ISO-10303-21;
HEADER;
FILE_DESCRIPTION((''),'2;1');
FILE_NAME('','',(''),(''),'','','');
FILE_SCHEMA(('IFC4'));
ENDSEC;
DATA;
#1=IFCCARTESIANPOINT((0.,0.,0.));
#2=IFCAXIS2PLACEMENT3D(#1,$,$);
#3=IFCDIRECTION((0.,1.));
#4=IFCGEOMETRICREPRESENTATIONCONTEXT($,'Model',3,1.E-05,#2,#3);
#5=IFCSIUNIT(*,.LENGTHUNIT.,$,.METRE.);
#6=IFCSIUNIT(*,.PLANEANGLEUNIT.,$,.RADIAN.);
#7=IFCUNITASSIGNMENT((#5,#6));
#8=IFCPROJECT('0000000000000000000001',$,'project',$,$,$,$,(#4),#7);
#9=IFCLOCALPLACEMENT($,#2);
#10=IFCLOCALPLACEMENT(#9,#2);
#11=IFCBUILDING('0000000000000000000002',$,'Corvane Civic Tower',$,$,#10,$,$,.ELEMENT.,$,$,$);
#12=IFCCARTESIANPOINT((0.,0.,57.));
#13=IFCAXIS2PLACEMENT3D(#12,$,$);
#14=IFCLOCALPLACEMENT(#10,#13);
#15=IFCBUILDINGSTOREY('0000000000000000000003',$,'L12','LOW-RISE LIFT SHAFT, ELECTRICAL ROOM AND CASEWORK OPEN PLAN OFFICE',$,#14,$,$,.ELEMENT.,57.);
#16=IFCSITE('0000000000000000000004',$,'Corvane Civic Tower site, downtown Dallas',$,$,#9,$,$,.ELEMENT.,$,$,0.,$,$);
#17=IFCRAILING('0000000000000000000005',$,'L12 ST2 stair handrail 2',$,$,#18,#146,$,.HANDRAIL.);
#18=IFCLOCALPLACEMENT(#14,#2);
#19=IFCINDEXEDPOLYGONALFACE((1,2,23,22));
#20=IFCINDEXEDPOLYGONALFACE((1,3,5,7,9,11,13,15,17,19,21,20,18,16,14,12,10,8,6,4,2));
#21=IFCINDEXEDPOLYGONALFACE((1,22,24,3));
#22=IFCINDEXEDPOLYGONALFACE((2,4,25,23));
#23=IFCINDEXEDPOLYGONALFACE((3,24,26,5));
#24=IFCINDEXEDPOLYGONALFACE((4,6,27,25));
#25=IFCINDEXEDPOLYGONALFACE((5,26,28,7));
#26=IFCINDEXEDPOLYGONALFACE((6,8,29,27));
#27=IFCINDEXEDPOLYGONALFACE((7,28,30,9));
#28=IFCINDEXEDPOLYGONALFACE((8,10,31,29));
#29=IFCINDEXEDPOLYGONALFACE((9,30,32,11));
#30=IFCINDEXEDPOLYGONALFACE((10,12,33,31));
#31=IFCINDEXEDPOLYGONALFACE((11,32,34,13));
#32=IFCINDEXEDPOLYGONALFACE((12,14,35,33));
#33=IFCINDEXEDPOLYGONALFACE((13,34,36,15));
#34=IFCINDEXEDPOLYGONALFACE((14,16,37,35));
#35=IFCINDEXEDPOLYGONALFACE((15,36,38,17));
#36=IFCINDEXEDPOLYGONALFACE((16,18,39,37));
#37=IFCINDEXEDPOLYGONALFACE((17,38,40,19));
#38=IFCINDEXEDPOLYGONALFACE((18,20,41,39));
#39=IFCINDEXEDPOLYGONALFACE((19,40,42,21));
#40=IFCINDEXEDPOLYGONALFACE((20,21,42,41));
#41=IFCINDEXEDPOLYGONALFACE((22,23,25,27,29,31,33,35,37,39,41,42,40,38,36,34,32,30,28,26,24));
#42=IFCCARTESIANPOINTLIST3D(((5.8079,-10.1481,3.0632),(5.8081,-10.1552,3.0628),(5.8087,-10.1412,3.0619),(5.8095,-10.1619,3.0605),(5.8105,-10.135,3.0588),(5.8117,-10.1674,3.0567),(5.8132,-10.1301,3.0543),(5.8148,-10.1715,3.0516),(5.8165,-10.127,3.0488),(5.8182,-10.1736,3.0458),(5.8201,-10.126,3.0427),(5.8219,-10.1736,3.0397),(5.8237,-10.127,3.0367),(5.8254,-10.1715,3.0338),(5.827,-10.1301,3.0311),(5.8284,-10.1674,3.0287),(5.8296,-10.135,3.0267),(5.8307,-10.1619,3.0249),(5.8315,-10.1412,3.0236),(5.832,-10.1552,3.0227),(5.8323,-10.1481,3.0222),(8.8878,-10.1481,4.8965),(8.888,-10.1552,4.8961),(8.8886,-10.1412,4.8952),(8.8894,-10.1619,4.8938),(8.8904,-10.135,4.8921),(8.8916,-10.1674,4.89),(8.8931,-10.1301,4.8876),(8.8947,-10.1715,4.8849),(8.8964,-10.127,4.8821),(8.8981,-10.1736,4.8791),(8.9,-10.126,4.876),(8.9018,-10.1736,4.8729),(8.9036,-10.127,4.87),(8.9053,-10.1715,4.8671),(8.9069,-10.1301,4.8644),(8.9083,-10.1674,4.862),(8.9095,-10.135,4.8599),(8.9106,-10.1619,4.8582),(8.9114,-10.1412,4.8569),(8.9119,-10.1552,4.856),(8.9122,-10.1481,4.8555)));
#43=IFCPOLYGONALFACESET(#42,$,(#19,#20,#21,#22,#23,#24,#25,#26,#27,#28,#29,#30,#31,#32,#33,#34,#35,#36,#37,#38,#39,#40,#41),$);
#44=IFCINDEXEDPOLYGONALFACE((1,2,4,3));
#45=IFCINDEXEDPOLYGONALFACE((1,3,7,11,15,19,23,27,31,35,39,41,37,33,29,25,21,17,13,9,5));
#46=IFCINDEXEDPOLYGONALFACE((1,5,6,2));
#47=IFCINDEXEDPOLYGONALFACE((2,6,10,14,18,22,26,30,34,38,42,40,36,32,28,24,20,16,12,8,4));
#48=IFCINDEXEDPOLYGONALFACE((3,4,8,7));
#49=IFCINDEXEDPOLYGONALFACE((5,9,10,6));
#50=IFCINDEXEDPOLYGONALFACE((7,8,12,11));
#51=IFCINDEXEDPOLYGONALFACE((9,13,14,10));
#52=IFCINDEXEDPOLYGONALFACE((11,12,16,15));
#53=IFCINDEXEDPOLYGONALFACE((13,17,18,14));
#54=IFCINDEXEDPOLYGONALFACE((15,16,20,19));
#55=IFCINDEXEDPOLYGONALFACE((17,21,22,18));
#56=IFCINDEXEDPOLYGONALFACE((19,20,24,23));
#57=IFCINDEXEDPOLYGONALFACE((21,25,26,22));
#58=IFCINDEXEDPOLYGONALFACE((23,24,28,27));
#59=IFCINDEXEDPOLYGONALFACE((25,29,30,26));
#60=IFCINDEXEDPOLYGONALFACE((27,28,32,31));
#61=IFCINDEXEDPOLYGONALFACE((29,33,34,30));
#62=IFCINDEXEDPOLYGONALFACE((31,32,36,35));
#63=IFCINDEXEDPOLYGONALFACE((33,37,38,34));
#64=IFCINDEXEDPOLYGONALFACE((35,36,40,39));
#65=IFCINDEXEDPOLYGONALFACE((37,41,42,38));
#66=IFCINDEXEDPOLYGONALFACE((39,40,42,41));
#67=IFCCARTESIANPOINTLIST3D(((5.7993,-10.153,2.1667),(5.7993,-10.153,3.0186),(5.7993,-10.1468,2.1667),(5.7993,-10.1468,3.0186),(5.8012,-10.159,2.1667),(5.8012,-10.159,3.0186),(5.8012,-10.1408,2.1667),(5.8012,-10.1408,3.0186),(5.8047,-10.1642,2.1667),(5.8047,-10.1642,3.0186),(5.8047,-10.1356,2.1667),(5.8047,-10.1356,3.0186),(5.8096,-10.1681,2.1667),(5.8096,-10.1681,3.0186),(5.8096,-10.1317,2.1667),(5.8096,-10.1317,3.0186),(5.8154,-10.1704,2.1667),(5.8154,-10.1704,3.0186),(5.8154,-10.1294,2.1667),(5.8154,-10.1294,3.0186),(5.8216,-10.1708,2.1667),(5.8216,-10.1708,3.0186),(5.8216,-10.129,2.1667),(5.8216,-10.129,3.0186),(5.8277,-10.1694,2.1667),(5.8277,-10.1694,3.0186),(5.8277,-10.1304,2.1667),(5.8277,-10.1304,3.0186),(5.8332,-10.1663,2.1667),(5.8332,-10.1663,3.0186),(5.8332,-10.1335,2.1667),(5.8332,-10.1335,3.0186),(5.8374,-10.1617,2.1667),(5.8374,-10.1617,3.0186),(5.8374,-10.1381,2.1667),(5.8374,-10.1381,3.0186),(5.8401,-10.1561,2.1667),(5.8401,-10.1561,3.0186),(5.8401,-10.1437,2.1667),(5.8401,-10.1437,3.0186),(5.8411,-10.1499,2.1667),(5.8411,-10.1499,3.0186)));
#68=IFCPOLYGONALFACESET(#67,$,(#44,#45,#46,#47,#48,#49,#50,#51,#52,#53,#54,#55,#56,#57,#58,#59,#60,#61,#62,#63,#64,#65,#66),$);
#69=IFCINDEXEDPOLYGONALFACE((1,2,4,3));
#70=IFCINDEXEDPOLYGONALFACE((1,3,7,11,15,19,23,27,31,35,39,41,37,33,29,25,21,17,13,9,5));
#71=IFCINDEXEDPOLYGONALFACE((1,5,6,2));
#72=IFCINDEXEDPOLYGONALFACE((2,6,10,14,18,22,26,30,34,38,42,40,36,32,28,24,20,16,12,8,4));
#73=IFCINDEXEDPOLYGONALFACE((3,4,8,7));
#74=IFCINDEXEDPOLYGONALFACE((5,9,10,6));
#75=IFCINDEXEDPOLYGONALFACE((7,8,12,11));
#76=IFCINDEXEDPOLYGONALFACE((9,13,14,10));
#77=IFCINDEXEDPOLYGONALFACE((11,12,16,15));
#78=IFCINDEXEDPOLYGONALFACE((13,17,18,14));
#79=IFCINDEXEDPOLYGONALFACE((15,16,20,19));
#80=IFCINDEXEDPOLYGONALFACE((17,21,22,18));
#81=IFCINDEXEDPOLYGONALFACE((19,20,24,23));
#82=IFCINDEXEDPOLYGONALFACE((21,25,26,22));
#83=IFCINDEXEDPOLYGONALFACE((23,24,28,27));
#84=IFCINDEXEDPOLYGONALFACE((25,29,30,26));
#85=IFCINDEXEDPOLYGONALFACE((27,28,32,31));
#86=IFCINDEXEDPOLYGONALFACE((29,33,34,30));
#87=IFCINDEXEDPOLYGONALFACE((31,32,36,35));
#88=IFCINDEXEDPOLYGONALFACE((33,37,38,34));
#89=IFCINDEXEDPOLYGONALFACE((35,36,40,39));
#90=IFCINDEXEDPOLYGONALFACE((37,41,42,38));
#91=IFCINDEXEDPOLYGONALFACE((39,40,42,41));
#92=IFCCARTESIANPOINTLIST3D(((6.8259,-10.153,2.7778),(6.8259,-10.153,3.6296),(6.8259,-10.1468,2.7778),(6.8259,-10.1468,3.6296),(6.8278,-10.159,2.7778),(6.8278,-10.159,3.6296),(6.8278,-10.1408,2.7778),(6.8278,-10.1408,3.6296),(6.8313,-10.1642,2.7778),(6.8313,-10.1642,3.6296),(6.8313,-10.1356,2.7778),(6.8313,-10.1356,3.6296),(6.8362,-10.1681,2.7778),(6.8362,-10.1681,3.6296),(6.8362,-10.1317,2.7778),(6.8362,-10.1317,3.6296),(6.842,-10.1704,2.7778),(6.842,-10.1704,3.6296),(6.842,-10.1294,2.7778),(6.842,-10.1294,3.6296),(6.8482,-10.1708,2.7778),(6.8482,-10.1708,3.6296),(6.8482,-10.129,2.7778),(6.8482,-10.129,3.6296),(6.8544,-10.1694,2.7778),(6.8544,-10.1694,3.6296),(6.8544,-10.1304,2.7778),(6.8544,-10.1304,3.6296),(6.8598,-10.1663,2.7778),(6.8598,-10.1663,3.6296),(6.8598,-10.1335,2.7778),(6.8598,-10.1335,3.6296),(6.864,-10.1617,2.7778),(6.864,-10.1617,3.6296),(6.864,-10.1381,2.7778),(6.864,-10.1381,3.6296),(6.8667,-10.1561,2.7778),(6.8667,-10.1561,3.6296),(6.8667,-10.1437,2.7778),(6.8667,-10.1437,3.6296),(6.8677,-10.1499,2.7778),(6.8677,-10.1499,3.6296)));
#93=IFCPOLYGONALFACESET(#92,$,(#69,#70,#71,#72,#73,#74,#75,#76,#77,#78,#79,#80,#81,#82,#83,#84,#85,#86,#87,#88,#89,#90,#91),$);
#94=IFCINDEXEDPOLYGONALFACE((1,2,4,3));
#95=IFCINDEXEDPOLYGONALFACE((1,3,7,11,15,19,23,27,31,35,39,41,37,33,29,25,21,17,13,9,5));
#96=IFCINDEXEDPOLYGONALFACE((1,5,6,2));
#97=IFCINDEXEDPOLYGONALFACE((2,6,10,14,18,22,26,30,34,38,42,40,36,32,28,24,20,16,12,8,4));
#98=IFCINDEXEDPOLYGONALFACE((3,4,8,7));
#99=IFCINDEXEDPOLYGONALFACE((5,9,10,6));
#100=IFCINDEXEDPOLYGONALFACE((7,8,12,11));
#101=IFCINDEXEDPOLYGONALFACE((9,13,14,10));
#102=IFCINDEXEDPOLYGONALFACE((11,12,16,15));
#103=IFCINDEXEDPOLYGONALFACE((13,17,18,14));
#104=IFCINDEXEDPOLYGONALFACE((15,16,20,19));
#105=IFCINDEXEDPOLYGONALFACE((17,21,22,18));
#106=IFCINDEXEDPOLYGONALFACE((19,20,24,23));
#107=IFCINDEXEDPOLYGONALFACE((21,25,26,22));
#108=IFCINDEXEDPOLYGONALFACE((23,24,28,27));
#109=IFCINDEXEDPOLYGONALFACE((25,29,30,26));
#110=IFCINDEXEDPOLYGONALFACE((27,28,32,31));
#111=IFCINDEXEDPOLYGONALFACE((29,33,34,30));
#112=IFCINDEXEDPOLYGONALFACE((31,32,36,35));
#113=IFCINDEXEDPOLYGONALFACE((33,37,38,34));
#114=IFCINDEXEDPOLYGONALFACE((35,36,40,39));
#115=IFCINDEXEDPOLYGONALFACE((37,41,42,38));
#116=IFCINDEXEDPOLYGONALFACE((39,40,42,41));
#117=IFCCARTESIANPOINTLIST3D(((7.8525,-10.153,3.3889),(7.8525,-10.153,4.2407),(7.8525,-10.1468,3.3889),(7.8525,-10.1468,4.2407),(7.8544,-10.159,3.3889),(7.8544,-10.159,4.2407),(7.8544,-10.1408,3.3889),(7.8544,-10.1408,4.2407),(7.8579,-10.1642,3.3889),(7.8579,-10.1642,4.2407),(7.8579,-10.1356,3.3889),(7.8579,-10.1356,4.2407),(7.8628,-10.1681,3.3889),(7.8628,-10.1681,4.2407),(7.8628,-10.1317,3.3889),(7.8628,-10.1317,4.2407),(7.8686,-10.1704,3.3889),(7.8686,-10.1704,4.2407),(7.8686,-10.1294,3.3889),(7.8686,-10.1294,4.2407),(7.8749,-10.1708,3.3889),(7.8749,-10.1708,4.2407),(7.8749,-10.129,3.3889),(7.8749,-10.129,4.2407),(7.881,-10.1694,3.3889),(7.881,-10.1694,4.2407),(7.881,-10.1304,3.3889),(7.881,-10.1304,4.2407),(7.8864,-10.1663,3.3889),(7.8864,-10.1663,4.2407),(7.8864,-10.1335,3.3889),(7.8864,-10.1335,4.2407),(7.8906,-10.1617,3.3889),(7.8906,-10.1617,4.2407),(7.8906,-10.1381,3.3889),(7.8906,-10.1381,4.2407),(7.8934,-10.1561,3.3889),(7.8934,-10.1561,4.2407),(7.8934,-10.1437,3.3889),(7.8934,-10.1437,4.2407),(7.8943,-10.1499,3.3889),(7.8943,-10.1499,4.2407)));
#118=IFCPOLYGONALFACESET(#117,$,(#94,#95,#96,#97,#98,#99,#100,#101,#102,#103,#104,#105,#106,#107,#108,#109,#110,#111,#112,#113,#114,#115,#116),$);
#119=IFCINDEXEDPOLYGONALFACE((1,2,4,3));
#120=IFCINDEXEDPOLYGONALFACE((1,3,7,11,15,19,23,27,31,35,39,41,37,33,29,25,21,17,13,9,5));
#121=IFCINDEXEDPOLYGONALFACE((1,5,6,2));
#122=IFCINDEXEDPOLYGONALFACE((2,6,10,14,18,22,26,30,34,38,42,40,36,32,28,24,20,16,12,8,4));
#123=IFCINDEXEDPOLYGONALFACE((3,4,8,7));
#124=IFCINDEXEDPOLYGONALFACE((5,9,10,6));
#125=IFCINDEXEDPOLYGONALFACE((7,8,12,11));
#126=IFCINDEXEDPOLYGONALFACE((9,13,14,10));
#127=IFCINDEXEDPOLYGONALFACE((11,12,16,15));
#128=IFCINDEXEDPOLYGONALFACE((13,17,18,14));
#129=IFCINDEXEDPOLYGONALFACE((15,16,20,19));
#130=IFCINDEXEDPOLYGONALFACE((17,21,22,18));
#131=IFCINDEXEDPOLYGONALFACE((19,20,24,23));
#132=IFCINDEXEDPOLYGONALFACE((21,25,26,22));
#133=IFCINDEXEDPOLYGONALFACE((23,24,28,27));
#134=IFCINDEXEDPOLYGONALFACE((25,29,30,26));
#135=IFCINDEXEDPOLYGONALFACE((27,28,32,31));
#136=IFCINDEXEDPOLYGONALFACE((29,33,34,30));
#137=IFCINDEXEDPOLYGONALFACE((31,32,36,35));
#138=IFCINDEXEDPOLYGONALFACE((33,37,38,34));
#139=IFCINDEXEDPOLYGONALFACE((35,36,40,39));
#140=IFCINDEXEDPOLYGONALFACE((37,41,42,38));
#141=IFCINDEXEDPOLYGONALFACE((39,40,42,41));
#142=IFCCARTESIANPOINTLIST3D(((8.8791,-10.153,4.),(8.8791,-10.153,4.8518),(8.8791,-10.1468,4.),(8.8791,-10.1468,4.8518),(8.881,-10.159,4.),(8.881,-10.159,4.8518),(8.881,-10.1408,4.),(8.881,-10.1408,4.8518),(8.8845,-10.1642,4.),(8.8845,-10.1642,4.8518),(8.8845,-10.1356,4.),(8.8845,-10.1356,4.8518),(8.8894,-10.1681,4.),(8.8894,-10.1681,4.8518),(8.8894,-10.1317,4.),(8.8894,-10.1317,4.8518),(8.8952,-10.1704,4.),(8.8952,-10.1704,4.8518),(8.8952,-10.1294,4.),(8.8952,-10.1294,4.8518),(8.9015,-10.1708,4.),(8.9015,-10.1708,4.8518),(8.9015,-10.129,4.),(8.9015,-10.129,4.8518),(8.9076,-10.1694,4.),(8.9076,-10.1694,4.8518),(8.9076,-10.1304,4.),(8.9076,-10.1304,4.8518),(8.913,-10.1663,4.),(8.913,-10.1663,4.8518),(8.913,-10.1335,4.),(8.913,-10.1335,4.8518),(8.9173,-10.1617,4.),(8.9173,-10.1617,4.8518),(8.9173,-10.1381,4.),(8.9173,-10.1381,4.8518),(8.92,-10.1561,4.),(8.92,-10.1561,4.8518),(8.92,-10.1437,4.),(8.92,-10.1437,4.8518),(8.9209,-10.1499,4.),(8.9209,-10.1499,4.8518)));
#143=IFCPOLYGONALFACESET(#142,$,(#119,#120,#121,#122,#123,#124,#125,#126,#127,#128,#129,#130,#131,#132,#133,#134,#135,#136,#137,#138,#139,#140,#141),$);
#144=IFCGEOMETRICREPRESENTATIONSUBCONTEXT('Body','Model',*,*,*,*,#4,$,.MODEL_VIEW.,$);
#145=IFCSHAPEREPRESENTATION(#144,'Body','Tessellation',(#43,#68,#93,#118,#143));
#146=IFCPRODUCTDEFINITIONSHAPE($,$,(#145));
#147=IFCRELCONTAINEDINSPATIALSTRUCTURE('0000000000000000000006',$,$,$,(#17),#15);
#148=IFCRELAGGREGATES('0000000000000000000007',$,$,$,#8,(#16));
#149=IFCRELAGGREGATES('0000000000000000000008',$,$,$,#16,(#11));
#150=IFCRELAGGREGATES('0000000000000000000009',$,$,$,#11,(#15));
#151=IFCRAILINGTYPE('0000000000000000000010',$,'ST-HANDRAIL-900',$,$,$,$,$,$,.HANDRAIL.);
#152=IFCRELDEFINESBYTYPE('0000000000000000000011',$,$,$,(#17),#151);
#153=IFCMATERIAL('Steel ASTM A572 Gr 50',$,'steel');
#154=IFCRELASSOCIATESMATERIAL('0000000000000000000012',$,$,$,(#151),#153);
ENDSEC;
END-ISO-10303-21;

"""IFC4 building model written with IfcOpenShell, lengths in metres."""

from ifc_helpers import new_model, si_unit, direction, frame, origin, origin_2d, place, context, subcontext, project, spatial, circle, extrude, material, type_object, element, save


model = new_model("IFC4")

# Units and contexts
model_context = context("Model", 3, precision=1e-05, world=origin(), true_north=direction((0.0, 1.0)))
body_context = subcontext(model_context, "Body", "Model", "MODEL_VIEW")
ifc_project = project(units=[si_unit("LENGTHUNIT", "METRE"), si_unit("PLANEANGLEUNIT", "RADIAN")], contexts=[model_context])

# Site, building, storey
site_placement = place(None, origin())
site = spatial("IfcSite", under=ifc_project, at=site_placement, Name="Corvane Civic Tower site, downtown Dallas", CompositionType="ELEMENT", RefElevation=0.0)
building_placement = place(site_placement, origin())
building = spatial("IfcBuilding", under=site, at=building_placement, Name="Corvane Civic Tower", CompositionType="ELEMENT")
storey_placement = place(building_placement, frame((0.0, 0.0, 57.0)))
storey = spatial("IfcBuildingStorey", under=building, at=storey_placement, Name="L12", Description="LOW-RISE LIFT SHAFT, ELECTRICAL ROOM AND CASEWORK OPEN PLAN OFFICE", CompositionType="ELEMENT", Elevation=57.0)

# Railing
ifc_material_1 = material(Name="Steel ASTM A572 Gr 50", Category="steel")
railing_type_1 = type_object("IfcRailingType", Name="ST-HANDRAIL-900", PredefinedType="HANDRAIL", material=ifc_material_1)
railing_1_placement = place(storey_placement, frame((5.8201, -10.1499, 2.1667)))
element("IfcRailing", 1, at=railing_1_placement, inside=storey, type_object=railing_type_1, Name="L12 ST2 stair handrail 2", PredefinedType="HANDRAIL", context=body_context, shape_type="SweptSolid", body=[
    extrude(circle(Radius=0.0239, at=origin_2d()), frame((0.0, 0.0, 0.876), z_axis=(0.859291, 0.0, 0.511487), x_axis=(0.0, 1.0, 0.0)), (0.0, 0.0, 1.0), 3.5842),
    extrude(circle(Radius=0.021, at=origin_2d()), origin(), (0.0, 0.0, 1.0), 0.8518),
    extrude(circle(Radius=0.021, at=origin_2d()), frame((1.0266, 0.0, 0.6111)), (0.0, 0.0, 1.0), 0.8518),
    extrude(circle(Radius=0.021, at=origin_2d()), frame((2.0532, 0.0, 1.2222)), (0.0, 0.0, 1.0), 0.8518),
    extrude(circle(Radius=0.021, at=origin_2d()), frame((3.0798, 0.0, 1.8333)), (0.0, 0.0, 1.0), 0.8518),
])

save(model, "model.ifc")
